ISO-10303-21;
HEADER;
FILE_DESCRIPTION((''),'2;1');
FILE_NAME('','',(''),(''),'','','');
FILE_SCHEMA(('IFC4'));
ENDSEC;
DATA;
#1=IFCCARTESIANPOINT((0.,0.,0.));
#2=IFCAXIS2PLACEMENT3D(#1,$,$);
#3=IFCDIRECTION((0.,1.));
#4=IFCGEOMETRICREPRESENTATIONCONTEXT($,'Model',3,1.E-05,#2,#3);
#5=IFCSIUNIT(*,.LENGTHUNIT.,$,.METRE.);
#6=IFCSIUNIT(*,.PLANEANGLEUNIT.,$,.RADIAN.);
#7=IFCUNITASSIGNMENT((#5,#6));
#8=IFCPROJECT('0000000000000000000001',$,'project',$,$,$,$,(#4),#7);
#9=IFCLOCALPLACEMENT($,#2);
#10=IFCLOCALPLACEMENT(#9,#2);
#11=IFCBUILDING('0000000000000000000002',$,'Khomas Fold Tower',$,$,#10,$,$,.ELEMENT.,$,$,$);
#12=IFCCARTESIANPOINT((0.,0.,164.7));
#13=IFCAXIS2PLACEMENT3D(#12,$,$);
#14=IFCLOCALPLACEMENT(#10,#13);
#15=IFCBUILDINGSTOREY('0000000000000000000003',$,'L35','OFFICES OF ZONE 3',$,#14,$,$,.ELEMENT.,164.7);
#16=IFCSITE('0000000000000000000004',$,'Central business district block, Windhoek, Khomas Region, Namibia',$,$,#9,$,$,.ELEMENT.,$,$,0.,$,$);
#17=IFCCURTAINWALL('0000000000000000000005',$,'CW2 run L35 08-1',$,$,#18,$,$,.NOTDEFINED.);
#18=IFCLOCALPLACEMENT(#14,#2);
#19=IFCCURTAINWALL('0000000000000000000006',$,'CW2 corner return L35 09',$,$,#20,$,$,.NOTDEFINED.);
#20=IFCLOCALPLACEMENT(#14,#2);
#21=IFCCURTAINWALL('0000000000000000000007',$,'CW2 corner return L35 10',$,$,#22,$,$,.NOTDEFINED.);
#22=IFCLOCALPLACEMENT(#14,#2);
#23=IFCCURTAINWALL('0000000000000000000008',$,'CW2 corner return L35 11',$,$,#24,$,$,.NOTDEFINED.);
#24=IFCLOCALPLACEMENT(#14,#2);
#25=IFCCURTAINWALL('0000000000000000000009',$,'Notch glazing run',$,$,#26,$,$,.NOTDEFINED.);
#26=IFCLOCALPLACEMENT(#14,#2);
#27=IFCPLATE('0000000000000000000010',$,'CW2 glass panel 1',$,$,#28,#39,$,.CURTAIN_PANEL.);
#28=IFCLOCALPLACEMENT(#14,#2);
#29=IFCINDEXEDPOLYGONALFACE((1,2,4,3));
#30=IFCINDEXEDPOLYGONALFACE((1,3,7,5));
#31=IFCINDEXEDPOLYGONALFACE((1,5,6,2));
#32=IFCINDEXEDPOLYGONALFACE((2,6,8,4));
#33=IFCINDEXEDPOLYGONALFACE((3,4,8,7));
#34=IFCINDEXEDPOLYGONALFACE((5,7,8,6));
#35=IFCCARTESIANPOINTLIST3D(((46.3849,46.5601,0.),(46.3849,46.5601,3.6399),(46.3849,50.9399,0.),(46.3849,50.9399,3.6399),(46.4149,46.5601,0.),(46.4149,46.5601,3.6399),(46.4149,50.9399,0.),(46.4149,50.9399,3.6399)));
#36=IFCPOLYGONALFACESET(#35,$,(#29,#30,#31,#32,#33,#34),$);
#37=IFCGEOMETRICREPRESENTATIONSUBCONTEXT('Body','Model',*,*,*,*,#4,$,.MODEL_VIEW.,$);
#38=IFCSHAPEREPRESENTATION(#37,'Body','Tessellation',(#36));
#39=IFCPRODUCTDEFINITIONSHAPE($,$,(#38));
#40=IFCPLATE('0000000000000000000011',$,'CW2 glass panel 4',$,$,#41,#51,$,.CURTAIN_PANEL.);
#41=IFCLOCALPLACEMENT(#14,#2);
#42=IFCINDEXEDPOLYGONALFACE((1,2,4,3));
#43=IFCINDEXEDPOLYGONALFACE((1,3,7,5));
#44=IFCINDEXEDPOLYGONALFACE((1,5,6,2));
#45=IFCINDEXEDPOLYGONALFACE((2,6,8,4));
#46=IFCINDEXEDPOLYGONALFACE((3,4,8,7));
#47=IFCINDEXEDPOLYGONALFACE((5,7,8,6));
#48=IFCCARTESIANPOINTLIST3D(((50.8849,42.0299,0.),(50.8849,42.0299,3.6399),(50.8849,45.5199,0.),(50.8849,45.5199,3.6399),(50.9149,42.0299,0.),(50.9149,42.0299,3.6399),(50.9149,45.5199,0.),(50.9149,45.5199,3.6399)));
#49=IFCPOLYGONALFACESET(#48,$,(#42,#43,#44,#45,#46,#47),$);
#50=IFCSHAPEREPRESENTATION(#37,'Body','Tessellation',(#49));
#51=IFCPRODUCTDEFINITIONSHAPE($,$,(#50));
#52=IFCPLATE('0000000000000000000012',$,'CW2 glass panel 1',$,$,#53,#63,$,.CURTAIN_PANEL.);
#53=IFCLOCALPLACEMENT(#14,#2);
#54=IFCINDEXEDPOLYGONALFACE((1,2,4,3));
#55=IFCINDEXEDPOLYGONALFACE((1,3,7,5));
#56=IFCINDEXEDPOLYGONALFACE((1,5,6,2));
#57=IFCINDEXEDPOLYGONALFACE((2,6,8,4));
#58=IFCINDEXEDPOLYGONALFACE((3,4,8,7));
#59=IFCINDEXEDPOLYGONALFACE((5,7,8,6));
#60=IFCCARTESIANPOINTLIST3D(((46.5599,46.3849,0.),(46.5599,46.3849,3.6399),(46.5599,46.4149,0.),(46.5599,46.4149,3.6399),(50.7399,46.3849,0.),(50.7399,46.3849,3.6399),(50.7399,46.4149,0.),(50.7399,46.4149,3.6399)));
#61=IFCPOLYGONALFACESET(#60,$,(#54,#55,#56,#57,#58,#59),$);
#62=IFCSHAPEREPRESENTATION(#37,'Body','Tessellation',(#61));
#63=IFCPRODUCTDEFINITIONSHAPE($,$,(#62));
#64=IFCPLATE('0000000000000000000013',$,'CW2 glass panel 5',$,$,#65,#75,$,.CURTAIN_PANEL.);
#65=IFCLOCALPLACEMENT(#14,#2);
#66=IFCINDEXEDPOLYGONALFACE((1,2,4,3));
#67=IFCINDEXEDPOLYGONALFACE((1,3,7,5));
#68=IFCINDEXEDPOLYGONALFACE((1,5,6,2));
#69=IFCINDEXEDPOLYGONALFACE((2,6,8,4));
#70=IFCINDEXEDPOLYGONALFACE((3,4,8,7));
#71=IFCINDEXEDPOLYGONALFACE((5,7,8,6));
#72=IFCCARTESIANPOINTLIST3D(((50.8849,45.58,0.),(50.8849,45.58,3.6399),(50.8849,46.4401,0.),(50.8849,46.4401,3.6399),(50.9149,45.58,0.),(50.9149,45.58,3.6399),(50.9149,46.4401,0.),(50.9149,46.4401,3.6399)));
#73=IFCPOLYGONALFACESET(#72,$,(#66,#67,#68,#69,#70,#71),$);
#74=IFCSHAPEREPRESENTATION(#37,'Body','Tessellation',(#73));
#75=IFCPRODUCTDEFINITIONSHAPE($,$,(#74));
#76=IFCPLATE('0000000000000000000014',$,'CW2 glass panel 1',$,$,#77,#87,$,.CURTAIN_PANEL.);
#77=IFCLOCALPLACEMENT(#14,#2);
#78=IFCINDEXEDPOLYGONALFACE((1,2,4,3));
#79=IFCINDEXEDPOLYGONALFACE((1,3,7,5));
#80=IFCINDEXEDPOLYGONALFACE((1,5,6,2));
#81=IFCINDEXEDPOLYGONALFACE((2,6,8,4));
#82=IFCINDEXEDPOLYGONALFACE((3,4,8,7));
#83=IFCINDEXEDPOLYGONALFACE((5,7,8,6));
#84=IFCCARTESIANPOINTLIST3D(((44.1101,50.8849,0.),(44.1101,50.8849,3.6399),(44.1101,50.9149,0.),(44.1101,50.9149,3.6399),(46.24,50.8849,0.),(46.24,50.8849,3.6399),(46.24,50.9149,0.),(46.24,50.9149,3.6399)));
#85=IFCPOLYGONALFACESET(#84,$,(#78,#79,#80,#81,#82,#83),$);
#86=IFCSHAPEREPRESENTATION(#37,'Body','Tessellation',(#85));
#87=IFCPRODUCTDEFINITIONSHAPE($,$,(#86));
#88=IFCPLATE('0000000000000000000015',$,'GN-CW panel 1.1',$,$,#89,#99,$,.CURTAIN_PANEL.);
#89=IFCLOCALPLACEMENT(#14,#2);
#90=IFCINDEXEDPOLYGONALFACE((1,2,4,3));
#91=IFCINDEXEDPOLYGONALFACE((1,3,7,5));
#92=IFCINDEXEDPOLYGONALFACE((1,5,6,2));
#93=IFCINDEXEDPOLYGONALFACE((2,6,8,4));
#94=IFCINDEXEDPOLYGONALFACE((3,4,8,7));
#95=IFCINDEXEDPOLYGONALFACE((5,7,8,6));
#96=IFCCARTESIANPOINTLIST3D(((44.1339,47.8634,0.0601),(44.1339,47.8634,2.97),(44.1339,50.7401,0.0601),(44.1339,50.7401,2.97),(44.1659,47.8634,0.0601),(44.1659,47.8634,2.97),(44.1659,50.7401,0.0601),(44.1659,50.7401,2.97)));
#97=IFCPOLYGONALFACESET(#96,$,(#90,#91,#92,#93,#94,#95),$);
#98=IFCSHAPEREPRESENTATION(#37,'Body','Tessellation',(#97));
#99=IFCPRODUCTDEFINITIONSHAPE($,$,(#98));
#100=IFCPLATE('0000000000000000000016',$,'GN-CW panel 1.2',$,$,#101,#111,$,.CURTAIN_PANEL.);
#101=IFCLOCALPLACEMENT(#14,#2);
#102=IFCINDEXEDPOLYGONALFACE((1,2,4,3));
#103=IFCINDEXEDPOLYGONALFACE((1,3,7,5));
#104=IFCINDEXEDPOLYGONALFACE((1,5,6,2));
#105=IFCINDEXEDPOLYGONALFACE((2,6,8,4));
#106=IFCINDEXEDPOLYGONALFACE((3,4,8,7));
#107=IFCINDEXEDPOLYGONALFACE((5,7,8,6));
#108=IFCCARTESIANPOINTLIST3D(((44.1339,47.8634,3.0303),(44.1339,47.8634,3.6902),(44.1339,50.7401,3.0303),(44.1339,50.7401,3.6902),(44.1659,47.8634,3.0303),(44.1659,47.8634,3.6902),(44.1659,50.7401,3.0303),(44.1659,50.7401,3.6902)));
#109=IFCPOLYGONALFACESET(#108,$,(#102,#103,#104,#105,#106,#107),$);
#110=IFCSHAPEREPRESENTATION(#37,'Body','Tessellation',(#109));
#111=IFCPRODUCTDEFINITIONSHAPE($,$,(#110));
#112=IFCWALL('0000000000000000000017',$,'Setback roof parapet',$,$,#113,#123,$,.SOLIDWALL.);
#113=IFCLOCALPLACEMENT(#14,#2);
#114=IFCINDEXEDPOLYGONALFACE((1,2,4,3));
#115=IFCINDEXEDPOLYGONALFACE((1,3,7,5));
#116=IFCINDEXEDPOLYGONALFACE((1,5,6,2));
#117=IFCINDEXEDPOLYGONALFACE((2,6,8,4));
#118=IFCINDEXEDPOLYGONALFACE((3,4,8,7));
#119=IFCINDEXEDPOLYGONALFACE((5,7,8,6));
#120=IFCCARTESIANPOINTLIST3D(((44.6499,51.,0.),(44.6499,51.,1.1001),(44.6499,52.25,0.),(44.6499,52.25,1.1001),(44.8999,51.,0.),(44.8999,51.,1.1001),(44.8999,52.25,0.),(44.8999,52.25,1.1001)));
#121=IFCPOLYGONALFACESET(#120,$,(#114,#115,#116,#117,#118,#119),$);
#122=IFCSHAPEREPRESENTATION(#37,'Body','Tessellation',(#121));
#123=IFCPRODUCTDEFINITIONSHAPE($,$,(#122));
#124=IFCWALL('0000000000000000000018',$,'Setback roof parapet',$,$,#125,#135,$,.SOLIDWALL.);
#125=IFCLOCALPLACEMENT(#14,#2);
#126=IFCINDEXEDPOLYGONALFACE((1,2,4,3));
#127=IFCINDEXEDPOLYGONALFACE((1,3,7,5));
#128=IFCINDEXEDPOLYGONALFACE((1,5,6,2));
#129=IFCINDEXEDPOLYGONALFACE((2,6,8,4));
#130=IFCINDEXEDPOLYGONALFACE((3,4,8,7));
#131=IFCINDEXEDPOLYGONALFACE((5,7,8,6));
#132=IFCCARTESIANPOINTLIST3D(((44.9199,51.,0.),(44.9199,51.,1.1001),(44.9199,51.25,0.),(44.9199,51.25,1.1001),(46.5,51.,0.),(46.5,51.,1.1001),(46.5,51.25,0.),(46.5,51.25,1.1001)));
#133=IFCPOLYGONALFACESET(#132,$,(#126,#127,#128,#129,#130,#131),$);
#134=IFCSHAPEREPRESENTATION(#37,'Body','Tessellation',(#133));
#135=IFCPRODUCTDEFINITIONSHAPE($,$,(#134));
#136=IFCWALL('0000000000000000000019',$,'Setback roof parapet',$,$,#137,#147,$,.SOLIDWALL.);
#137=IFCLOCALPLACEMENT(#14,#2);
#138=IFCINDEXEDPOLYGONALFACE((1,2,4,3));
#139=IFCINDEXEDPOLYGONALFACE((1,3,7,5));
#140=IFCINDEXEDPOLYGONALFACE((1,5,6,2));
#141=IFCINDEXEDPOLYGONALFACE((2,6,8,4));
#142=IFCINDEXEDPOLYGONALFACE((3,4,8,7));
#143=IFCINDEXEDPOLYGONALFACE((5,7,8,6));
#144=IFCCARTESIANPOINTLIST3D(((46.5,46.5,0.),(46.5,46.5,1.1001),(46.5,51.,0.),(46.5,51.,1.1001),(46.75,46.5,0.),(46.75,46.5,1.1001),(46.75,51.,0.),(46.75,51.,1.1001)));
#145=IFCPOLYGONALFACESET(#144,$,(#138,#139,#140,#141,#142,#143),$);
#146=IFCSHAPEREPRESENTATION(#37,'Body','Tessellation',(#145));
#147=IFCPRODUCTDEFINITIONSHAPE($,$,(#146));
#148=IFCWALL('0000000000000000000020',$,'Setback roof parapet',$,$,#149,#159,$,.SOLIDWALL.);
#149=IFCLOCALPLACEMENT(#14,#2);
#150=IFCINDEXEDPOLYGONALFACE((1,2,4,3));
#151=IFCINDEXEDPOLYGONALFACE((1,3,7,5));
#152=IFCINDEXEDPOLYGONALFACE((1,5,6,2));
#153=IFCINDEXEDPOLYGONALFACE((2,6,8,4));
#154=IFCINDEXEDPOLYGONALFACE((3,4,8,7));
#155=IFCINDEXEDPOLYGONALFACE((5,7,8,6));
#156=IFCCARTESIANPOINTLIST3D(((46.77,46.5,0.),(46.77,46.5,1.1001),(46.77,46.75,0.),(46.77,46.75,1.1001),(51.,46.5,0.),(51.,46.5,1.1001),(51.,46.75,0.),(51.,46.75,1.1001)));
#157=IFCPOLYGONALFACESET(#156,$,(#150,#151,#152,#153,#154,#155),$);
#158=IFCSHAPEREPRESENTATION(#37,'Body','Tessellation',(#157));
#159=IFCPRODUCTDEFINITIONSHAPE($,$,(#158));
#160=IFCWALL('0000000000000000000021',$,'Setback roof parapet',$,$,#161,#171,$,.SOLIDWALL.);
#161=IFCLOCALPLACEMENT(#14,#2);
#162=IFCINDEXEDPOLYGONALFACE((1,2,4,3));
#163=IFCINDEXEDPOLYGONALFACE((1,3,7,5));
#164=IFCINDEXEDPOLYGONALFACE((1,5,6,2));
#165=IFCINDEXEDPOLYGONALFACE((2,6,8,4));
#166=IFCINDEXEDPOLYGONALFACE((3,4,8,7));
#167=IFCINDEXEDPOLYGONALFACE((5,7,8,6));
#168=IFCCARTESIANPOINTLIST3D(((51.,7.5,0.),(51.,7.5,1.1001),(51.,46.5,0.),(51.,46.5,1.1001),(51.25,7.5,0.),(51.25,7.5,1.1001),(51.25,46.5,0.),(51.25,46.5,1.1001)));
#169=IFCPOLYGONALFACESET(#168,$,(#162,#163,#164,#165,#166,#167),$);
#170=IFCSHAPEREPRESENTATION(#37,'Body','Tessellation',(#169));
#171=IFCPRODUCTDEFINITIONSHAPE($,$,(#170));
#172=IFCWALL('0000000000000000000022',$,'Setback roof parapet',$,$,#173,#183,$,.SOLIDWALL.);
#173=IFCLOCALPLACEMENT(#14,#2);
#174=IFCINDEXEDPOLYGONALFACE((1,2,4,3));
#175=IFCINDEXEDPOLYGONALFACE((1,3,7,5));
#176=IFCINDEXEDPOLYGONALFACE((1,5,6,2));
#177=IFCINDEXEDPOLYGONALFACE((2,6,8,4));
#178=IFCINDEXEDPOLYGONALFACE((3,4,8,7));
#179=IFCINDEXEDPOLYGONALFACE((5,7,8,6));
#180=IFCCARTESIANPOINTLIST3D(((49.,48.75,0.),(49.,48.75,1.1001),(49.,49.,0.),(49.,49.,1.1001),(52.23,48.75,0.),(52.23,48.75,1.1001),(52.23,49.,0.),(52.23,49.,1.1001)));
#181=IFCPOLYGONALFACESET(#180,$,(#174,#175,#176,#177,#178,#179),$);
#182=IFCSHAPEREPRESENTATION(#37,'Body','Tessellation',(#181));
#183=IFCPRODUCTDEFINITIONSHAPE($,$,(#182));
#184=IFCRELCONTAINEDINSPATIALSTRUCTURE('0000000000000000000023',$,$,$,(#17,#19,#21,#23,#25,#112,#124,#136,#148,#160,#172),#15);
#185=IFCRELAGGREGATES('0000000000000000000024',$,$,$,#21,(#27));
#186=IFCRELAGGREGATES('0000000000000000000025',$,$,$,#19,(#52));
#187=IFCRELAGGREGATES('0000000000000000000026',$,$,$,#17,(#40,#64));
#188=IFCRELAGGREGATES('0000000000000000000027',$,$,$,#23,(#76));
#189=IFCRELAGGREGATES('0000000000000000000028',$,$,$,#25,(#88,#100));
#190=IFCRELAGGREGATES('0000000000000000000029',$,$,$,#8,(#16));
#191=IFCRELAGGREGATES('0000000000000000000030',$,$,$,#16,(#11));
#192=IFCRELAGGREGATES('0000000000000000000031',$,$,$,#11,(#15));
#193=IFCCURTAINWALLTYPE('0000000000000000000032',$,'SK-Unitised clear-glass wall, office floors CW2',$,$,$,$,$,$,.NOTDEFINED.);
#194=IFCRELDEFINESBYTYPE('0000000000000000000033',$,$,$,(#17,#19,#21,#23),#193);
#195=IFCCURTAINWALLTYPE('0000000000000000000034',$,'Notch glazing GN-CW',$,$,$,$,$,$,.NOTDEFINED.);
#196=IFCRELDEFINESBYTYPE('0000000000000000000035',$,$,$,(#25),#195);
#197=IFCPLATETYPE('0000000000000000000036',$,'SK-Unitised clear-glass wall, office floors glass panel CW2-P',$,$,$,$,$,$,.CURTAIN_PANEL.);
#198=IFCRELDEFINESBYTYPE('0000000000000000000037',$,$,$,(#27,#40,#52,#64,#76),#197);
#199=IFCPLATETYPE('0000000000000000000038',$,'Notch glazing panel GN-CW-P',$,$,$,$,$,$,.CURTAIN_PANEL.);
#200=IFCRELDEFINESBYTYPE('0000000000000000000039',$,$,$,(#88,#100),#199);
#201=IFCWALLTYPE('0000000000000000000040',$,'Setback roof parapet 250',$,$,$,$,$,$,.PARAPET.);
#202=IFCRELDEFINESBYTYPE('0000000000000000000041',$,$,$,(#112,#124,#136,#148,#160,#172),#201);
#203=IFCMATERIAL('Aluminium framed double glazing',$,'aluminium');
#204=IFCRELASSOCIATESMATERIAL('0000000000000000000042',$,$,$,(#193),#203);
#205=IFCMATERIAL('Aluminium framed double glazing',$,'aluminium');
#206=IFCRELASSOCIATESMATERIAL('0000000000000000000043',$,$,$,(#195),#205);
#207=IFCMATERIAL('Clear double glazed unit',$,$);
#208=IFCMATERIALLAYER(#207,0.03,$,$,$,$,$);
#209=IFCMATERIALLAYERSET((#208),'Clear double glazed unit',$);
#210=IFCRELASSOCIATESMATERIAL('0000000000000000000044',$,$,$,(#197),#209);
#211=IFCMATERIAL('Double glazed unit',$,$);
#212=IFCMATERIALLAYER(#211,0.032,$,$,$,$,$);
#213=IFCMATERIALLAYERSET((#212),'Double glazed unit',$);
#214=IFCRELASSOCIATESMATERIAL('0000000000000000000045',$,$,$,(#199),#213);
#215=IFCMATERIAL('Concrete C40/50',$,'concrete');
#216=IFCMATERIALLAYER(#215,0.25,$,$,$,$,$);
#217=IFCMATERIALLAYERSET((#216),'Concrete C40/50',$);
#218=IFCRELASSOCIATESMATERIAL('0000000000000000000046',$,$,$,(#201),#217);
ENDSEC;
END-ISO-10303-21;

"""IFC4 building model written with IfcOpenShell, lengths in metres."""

from ifc_helpers import new_model, si_unit, direction, frame, frame_2d, origin, origin_2d, place, context, subcontext, project, spatial, rectangle, extrude, source, transform, mapped, material, layer, layer_set, type_object, element, aggregate, save


model = new_model("IFC4")

# Units and contexts
model_context = context("Model", 3, precision=1e-05, world=origin(), true_north=direction((0.0, 1.0)))
body_context = subcontext(model_context, "Body", "Model", "MODEL_VIEW")
ifc_project = project(units=[si_unit("LENGTHUNIT", "METRE"), si_unit("PLANEANGLEUNIT", "RADIAN")], contexts=[model_context])

# Site, building, storey
site_placement = place(None, origin())
site = spatial("IfcSite", under=ifc_project, at=site_placement, Name="Central business district block, Windhoek, Khomas Region, Namibia", CompositionType="ELEMENT", RefElevation=0.0)
building_placement = place(site_placement, origin())
building = spatial("IfcBuilding", under=site, at=building_placement, Name="Khomas Fold Tower", CompositionType="ELEMENT")
storey_placement = place(building_placement, frame((0.0, 0.0, 164.7)))
storey = spatial("IfcBuildingStorey", under=building, at=storey_placement, Name="L35", Description="OFFICES OF ZONE 3", CompositionType="ELEMENT", Elevation=164.7)

# Curtain walls
ifc_material_1 = material(Name="Aluminium framed double glazing", Category="aluminium")
curtain_wall_type_1 = type_object("IfcCurtainWallType", Name="SK-Unitised clear-glass wall, office floors CW2", PredefinedType="NOTDEFINED", material=ifc_material_1)
curtain_wall_1_placement = place(storey_placement, origin())
curtain_wall_1 = element("IfcCurtainWall", 1, at=curtain_wall_1_placement, inside=storey, type_object=curtain_wall_type_1, Name="CW2 run L35 08-1", PredefinedType="NOTDEFINED")
curtain_wall_2_placement = place(storey_placement, origin())
curtain_wall_2 = element("IfcCurtainWall", 2, at=curtain_wall_2_placement, inside=storey, type_object=curtain_wall_type_1, Name="CW2 corner return L35 09", PredefinedType="NOTDEFINED")
curtain_wall_3_placement = place(storey_placement, origin())
curtain_wall_3 = element("IfcCurtainWall", 3, at=curtain_wall_3_placement, inside=storey, type_object=curtain_wall_type_1, Name="CW2 corner return L35 10", PredefinedType="NOTDEFINED")

# Curtain wall
curtain_wall_4_placement = place(storey_placement, origin())
curtain_wall_4 = element("IfcCurtainWall", 4, at=curtain_wall_4_placement, inside=storey, type_object=curtain_wall_type_1, Name="CW2 corner return L35 11", PredefinedType="NOTDEFINED")

# Curtain wall
ifc_material_2 = material(Name="Aluminium framed double glazing", Category="aluminium")
curtain_wall_type_2 = type_object("IfcCurtainWallType", Name="Notch glazing GN-CW", PredefinedType="NOTDEFINED", material=ifc_material_2)
curtain_wall_5_placement = place(storey_placement, origin())
curtain_wall_5 = element("IfcCurtainWall", 5, at=curtain_wall_5_placement, inside=storey, type_object=curtain_wall_type_2, Name="Notch glazing run", PredefinedType="NOTDEFINED")

# Plates
ifc_material_3 = material(Name="Clear double glazed unit")
ifc_layer_1 = layer(ifc_material_3, 0.03)
ifc_layer_set_1 = layer_set([ifc_layer_1], Name="Clear double glazed unit")
plate_type_1 = type_object("IfcPlateType", Name="SK-Unitised clear-glass wall, office floors glass panel CW2-P", PredefinedType="CURTAIN_PANEL", material=ifc_layer_set_1)
shared_shape_1 = source(origin(), body_context, "Body", "SweptSolid", [
    extrude(rectangle(XDim=4.3799, YDim=0.03, at=origin_2d()), origin(), (0.0, 0.0, 1.0), 3.6399),
])
plate_1_placement = place(storey_placement, frame((46.3999, 48.75, 0.0), z_axis=(0.0, 0.0, 1.0), x_axis=(0.0, 1.0, 0.0)))
plate_1 = element("IfcPlate", 6, at=plate_1_placement, type_object=plate_type_1, Name="CW2 glass panel 1", PredefinedType="CURTAIN_PANEL", context=body_context, shape_type="MappedRepresentation", body=[
    mapped(shared_shape_1, transform((0.0, 0.0, 0.0))),
])
aggregate(curtain_wall_3, [plate_1])
shared_shape_2 = source(origin(), body_context, "Body", "SweptSolid", [
    extrude(rectangle(XDim=3.49, YDim=0.03, at=origin_2d()), origin(), (0.0, 0.0, 1.0), 3.6399),
])
plate_2_placement = place(storey_placement, frame((50.8999, 43.7749, 0.0), z_axis=(0.0, 0.0, 1.0), x_axis=(0.0, 1.0, 0.0)))
plate_2 = element("IfcPlate", 7, at=plate_2_placement, type_object=plate_type_1, Name="CW2 glass panel 4", PredefinedType="CURTAIN_PANEL", context=body_context, shape_type="MappedRepresentation", body=[
    mapped(shared_shape_2, transform((0.0, 0.0, 0.0))),
])
shared_shape_3 = source(origin(), body_context, "Body", "SweptSolid", [
    extrude(rectangle(XDim=4.1799, YDim=0.03, at=origin_2d()), origin(), (0.0, 0.0, 1.0), 3.6399),
])
plate_3_placement = place(storey_placement, frame((48.6499, 46.3999, 0.0), z_axis=(0.0, 0.0, 1.0), x_axis=(-1.0, 0.0, 0.0)))
plate_3 = element("IfcPlate", 8, at=plate_3_placement, type_object=plate_type_1, Name="CW2 glass panel 1", PredefinedType="CURTAIN_PANEL", context=body_context, shape_type="MappedRepresentation", body=[
    mapped(shared_shape_3, transform((0.0, 0.0, 0.0))),
])
aggregate(curtain_wall_2, [plate_3])
shared_shape_4 = source(origin(), body_context, "Body", "SweptSolid", [
    extrude(rectangle(XDim=0.8601, YDim=0.03, at=origin_2d()), origin(), (0.0, 0.0, 1.0), 3.6399),
])
plate_4_placement = place(storey_placement, frame((50.8999, 46.01, 0.0), z_axis=(0.0, 0.0, 1.0), x_axis=(0.0, 1.0, 0.0)))
plate_4 = element("IfcPlate", 9, at=plate_4_placement, type_object=plate_type_1, Name="CW2 glass panel 5", PredefinedType="CURTAIN_PANEL", context=body_context, shape_type="MappedRepresentation", body=[
    mapped(shared_shape_4, transform((0.0, 0.0, 0.0))),
])
aggregate(curtain_wall_1, [plate_2, plate_4])
shared_shape_5 = source(origin(), body_context, "Body", "SweptSolid", [
    extrude(rectangle(XDim=2.1299, YDim=0.03, at=origin_2d()), origin(), (0.0, 0.0, 1.0), 3.6399),
])
plate_5_placement = place(storey_placement, frame((45.175, 50.8999, 0.0), z_axis=(0.0, 0.0, 1.0), x_axis=(-1.0, 0.0, 0.0)))
plate_5 = element("IfcPlate", 10, at=plate_5_placement, type_object=plate_type_1, Name="CW2 glass panel 1", PredefinedType="CURTAIN_PANEL", context=body_context, shape_type="MappedRepresentation", body=[
    mapped(shared_shape_5, transform((0.0, 0.0, 0.0))),
])
aggregate(curtain_wall_4, [plate_5])
ifc_material_4 = material(Name="Double glazed unit")
ifc_layer_2 = layer(ifc_material_4, 0.032)
ifc_layer_set_2 = layer_set([ifc_layer_2], Name="Double glazed unit")
plate_type_2 = type_object("IfcPlateType", Name="Notch glazing panel GN-CW-P", PredefinedType="CURTAIN_PANEL", material=ifc_layer_set_2)
shared_shape_6 = source(origin(), body_context, "Body", "SweptSolid", [
    extrude(rectangle(XDim=2.8767, YDim=0.032, at=origin_2d()), origin(), (0.0, 0.0, 1.0), 2.9099),
])
plate_6_placement = place(storey_placement, frame((44.1499, 49.3018, 0.0601), z_axis=(0.0, 0.0, 1.0), x_axis=(0.0, -1.0, 0.0)))
plate_6 = element("IfcPlate", 11, at=plate_6_placement, type_object=plate_type_2, Name="GN-CW panel 1.1", PredefinedType="CURTAIN_PANEL", context=body_context, shape_type="MappedRepresentation", body=[
    mapped(shared_shape_6, transform((0.0, 0.0, 0.0))),
])
shared_shape_7 = source(origin(), body_context, "Body", "SweptSolid", [
    extrude(rectangle(XDim=2.8767, YDim=0.032, at=origin_2d()), origin(), (0.0, 0.0, 1.0), 0.6599),
])
plate_7_placement = place(storey_placement, frame((44.1499, 49.3018, 3.0303), z_axis=(0.0, 0.0, 1.0), x_axis=(0.0, -1.0, 0.0)))
plate_7 = element("IfcPlate", 12, at=plate_7_placement, type_object=plate_type_2, Name="GN-CW panel 1.2", PredefinedType="CURTAIN_PANEL", context=body_context, shape_type="MappedRepresentation", body=[
    mapped(shared_shape_7, transform((0.0, 0.0, 0.0))),
])
aggregate(curtain_wall_5, [plate_6, plate_7])

# Walls
ifc_material_5 = material(Name="Concrete C40/50", Category="concrete")
ifc_layer_3 = layer(ifc_material_5, 0.25)
ifc_layer_set_3 = layer_set([ifc_layer_3], Name="Concrete C40/50")
wall_type = type_object("IfcWallType", Name="Setback roof parapet 250", PredefinedType="PARAPET", material=ifc_layer_set_3)
shared_shape_8 = source(origin(), body_context, "Body", "SweptSolid", [
    extrude(rectangle(XDim=1.25, YDim=0.25, at=frame_2d((0.625, 0.0))), origin(), (0.0, 0.0, 1.0), 1.1001),
])
wall_1_placement = place(storey_placement, frame((44.7749, 52.25, 0.0), z_axis=(0.0, 0.0, 1.0), x_axis=(0.0, -1.0, 0.0)))
element("IfcWall", 13, at=wall_1_placement, inside=storey, type_object=wall_type, Name="Setback roof parapet", PredefinedType="SOLIDWALL", context=body_context, shape_type="MappedRepresentation", body=[
    mapped(shared_shape_8, transform((0.0, 0.0, 0.0))),
])
shared_shape_9 = source(origin(), body_context, "Body", "SweptSolid", [
    extrude(rectangle(XDim=1.5801, YDim=0.25, at=frame_2d((0.79, 0.0))), origin(), (0.0, 0.0, 1.0), 1.1001),
])
wall_2_placement = place(storey_placement, frame((44.9199, 51.125, 0.0), z_axis=(0.0, 0.0, 1.0), x_axis=(1.0, 0.0, 0.0)))
element("IfcWall", 14, at=wall_2_placement, inside=storey, type_object=wall_type, Name="Setback roof parapet", PredefinedType="SOLIDWALL", context=body_context, shape_type="MappedRepresentation", body=[
    mapped(shared_shape_9, transform((0.0, 0.0, 0.0))),
])
shared_shape_10 = source(origin(), body_context, "Body", "SweptSolid", [
    extrude(rectangle(XDim=4.5, YDim=0.25, at=frame_2d((2.25, 0.0))), origin(), (0.0, 0.0, 1.0), 1.1001),
])
wall_3_placement = place(storey_placement, frame((46.625, 51.0, 0.0), z_axis=(0.0, 0.0, 1.0), x_axis=(0.0, -1.0, 0.0)))
element("IfcWall", 15, at=wall_3_placement, inside=storey, type_object=wall_type, Name="Setback roof parapet", PredefinedType="SOLIDWALL", context=body_context, shape_type="MappedRepresentation", body=[
    mapped(shared_shape_10, transform((0.0, 0.0, 0.0))),
])
shared_shape_11 = source(origin(), body_context, "Body", "SweptSolid", [
    extrude(rectangle(XDim=4.23, YDim=0.25, at=frame_2d((2.115, 0.0))), origin(), (0.0, 0.0, 1.0), 1.1001),
])
wall_4_placement = place(storey_placement, frame((46.77, 46.625, 0.0), z_axis=(0.0, 0.0, 1.0), x_axis=(1.0, 0.0, 0.0)))
element("IfcWall", 16, at=wall_4_placement, inside=storey, type_object=wall_type, Name="Setback roof parapet", PredefinedType="SOLIDWALL", context=body_context, shape_type="MappedRepresentation", body=[
    mapped(shared_shape_11, transform((0.0, 0.0, 0.0))),
])
shared_shape_12 = source(origin(), body_context, "Body", "SweptSolid", [
    extrude(rectangle(XDim=39.0, YDim=0.25, at=frame_2d((19.5, 0.0))), origin(), (0.0, 0.0, 1.0), 1.1001),
])
wall_5_placement = place(storey_placement, frame((51.125, 46.5, 0.0), z_axis=(0.0, 0.0, 1.0), x_axis=(0.0, -1.0, 0.0)))
element("IfcWall", 17, at=wall_5_placement, inside=storey, type_object=wall_type, Name="Setback roof parapet", PredefinedType="SOLIDWALL", context=body_context, shape_type="MappedRepresentation", body=[
    mapped(shared_shape_12, transform((0.0, 0.0, 0.0))),
])
shared_shape_13 = source(origin(), body_context, "Body", "SweptSolid", [
    extrude(rectangle(XDim=3.23, YDim=0.25, at=frame_2d((1.615, 0.0))), origin(), (0.0, 0.0, 1.0), 1.1001),
])
wall_6_placement = place(storey_placement, frame((52.23, 48.875, 0.0), z_axis=(0.0, 0.0, 1.0), x_axis=(-1.0, 0.0, 0.0)))
element("IfcWall", 18, at=wall_6_placement, inside=storey, type_object=wall_type, Name="Setback roof parapet", PredefinedType="SOLIDWALL", context=body_context, shape_type="MappedRepresentation", body=[
    mapped(shared_shape_13, transform((0.0, 0.0, 0.0))),
])

save(model, "model.ifc")
